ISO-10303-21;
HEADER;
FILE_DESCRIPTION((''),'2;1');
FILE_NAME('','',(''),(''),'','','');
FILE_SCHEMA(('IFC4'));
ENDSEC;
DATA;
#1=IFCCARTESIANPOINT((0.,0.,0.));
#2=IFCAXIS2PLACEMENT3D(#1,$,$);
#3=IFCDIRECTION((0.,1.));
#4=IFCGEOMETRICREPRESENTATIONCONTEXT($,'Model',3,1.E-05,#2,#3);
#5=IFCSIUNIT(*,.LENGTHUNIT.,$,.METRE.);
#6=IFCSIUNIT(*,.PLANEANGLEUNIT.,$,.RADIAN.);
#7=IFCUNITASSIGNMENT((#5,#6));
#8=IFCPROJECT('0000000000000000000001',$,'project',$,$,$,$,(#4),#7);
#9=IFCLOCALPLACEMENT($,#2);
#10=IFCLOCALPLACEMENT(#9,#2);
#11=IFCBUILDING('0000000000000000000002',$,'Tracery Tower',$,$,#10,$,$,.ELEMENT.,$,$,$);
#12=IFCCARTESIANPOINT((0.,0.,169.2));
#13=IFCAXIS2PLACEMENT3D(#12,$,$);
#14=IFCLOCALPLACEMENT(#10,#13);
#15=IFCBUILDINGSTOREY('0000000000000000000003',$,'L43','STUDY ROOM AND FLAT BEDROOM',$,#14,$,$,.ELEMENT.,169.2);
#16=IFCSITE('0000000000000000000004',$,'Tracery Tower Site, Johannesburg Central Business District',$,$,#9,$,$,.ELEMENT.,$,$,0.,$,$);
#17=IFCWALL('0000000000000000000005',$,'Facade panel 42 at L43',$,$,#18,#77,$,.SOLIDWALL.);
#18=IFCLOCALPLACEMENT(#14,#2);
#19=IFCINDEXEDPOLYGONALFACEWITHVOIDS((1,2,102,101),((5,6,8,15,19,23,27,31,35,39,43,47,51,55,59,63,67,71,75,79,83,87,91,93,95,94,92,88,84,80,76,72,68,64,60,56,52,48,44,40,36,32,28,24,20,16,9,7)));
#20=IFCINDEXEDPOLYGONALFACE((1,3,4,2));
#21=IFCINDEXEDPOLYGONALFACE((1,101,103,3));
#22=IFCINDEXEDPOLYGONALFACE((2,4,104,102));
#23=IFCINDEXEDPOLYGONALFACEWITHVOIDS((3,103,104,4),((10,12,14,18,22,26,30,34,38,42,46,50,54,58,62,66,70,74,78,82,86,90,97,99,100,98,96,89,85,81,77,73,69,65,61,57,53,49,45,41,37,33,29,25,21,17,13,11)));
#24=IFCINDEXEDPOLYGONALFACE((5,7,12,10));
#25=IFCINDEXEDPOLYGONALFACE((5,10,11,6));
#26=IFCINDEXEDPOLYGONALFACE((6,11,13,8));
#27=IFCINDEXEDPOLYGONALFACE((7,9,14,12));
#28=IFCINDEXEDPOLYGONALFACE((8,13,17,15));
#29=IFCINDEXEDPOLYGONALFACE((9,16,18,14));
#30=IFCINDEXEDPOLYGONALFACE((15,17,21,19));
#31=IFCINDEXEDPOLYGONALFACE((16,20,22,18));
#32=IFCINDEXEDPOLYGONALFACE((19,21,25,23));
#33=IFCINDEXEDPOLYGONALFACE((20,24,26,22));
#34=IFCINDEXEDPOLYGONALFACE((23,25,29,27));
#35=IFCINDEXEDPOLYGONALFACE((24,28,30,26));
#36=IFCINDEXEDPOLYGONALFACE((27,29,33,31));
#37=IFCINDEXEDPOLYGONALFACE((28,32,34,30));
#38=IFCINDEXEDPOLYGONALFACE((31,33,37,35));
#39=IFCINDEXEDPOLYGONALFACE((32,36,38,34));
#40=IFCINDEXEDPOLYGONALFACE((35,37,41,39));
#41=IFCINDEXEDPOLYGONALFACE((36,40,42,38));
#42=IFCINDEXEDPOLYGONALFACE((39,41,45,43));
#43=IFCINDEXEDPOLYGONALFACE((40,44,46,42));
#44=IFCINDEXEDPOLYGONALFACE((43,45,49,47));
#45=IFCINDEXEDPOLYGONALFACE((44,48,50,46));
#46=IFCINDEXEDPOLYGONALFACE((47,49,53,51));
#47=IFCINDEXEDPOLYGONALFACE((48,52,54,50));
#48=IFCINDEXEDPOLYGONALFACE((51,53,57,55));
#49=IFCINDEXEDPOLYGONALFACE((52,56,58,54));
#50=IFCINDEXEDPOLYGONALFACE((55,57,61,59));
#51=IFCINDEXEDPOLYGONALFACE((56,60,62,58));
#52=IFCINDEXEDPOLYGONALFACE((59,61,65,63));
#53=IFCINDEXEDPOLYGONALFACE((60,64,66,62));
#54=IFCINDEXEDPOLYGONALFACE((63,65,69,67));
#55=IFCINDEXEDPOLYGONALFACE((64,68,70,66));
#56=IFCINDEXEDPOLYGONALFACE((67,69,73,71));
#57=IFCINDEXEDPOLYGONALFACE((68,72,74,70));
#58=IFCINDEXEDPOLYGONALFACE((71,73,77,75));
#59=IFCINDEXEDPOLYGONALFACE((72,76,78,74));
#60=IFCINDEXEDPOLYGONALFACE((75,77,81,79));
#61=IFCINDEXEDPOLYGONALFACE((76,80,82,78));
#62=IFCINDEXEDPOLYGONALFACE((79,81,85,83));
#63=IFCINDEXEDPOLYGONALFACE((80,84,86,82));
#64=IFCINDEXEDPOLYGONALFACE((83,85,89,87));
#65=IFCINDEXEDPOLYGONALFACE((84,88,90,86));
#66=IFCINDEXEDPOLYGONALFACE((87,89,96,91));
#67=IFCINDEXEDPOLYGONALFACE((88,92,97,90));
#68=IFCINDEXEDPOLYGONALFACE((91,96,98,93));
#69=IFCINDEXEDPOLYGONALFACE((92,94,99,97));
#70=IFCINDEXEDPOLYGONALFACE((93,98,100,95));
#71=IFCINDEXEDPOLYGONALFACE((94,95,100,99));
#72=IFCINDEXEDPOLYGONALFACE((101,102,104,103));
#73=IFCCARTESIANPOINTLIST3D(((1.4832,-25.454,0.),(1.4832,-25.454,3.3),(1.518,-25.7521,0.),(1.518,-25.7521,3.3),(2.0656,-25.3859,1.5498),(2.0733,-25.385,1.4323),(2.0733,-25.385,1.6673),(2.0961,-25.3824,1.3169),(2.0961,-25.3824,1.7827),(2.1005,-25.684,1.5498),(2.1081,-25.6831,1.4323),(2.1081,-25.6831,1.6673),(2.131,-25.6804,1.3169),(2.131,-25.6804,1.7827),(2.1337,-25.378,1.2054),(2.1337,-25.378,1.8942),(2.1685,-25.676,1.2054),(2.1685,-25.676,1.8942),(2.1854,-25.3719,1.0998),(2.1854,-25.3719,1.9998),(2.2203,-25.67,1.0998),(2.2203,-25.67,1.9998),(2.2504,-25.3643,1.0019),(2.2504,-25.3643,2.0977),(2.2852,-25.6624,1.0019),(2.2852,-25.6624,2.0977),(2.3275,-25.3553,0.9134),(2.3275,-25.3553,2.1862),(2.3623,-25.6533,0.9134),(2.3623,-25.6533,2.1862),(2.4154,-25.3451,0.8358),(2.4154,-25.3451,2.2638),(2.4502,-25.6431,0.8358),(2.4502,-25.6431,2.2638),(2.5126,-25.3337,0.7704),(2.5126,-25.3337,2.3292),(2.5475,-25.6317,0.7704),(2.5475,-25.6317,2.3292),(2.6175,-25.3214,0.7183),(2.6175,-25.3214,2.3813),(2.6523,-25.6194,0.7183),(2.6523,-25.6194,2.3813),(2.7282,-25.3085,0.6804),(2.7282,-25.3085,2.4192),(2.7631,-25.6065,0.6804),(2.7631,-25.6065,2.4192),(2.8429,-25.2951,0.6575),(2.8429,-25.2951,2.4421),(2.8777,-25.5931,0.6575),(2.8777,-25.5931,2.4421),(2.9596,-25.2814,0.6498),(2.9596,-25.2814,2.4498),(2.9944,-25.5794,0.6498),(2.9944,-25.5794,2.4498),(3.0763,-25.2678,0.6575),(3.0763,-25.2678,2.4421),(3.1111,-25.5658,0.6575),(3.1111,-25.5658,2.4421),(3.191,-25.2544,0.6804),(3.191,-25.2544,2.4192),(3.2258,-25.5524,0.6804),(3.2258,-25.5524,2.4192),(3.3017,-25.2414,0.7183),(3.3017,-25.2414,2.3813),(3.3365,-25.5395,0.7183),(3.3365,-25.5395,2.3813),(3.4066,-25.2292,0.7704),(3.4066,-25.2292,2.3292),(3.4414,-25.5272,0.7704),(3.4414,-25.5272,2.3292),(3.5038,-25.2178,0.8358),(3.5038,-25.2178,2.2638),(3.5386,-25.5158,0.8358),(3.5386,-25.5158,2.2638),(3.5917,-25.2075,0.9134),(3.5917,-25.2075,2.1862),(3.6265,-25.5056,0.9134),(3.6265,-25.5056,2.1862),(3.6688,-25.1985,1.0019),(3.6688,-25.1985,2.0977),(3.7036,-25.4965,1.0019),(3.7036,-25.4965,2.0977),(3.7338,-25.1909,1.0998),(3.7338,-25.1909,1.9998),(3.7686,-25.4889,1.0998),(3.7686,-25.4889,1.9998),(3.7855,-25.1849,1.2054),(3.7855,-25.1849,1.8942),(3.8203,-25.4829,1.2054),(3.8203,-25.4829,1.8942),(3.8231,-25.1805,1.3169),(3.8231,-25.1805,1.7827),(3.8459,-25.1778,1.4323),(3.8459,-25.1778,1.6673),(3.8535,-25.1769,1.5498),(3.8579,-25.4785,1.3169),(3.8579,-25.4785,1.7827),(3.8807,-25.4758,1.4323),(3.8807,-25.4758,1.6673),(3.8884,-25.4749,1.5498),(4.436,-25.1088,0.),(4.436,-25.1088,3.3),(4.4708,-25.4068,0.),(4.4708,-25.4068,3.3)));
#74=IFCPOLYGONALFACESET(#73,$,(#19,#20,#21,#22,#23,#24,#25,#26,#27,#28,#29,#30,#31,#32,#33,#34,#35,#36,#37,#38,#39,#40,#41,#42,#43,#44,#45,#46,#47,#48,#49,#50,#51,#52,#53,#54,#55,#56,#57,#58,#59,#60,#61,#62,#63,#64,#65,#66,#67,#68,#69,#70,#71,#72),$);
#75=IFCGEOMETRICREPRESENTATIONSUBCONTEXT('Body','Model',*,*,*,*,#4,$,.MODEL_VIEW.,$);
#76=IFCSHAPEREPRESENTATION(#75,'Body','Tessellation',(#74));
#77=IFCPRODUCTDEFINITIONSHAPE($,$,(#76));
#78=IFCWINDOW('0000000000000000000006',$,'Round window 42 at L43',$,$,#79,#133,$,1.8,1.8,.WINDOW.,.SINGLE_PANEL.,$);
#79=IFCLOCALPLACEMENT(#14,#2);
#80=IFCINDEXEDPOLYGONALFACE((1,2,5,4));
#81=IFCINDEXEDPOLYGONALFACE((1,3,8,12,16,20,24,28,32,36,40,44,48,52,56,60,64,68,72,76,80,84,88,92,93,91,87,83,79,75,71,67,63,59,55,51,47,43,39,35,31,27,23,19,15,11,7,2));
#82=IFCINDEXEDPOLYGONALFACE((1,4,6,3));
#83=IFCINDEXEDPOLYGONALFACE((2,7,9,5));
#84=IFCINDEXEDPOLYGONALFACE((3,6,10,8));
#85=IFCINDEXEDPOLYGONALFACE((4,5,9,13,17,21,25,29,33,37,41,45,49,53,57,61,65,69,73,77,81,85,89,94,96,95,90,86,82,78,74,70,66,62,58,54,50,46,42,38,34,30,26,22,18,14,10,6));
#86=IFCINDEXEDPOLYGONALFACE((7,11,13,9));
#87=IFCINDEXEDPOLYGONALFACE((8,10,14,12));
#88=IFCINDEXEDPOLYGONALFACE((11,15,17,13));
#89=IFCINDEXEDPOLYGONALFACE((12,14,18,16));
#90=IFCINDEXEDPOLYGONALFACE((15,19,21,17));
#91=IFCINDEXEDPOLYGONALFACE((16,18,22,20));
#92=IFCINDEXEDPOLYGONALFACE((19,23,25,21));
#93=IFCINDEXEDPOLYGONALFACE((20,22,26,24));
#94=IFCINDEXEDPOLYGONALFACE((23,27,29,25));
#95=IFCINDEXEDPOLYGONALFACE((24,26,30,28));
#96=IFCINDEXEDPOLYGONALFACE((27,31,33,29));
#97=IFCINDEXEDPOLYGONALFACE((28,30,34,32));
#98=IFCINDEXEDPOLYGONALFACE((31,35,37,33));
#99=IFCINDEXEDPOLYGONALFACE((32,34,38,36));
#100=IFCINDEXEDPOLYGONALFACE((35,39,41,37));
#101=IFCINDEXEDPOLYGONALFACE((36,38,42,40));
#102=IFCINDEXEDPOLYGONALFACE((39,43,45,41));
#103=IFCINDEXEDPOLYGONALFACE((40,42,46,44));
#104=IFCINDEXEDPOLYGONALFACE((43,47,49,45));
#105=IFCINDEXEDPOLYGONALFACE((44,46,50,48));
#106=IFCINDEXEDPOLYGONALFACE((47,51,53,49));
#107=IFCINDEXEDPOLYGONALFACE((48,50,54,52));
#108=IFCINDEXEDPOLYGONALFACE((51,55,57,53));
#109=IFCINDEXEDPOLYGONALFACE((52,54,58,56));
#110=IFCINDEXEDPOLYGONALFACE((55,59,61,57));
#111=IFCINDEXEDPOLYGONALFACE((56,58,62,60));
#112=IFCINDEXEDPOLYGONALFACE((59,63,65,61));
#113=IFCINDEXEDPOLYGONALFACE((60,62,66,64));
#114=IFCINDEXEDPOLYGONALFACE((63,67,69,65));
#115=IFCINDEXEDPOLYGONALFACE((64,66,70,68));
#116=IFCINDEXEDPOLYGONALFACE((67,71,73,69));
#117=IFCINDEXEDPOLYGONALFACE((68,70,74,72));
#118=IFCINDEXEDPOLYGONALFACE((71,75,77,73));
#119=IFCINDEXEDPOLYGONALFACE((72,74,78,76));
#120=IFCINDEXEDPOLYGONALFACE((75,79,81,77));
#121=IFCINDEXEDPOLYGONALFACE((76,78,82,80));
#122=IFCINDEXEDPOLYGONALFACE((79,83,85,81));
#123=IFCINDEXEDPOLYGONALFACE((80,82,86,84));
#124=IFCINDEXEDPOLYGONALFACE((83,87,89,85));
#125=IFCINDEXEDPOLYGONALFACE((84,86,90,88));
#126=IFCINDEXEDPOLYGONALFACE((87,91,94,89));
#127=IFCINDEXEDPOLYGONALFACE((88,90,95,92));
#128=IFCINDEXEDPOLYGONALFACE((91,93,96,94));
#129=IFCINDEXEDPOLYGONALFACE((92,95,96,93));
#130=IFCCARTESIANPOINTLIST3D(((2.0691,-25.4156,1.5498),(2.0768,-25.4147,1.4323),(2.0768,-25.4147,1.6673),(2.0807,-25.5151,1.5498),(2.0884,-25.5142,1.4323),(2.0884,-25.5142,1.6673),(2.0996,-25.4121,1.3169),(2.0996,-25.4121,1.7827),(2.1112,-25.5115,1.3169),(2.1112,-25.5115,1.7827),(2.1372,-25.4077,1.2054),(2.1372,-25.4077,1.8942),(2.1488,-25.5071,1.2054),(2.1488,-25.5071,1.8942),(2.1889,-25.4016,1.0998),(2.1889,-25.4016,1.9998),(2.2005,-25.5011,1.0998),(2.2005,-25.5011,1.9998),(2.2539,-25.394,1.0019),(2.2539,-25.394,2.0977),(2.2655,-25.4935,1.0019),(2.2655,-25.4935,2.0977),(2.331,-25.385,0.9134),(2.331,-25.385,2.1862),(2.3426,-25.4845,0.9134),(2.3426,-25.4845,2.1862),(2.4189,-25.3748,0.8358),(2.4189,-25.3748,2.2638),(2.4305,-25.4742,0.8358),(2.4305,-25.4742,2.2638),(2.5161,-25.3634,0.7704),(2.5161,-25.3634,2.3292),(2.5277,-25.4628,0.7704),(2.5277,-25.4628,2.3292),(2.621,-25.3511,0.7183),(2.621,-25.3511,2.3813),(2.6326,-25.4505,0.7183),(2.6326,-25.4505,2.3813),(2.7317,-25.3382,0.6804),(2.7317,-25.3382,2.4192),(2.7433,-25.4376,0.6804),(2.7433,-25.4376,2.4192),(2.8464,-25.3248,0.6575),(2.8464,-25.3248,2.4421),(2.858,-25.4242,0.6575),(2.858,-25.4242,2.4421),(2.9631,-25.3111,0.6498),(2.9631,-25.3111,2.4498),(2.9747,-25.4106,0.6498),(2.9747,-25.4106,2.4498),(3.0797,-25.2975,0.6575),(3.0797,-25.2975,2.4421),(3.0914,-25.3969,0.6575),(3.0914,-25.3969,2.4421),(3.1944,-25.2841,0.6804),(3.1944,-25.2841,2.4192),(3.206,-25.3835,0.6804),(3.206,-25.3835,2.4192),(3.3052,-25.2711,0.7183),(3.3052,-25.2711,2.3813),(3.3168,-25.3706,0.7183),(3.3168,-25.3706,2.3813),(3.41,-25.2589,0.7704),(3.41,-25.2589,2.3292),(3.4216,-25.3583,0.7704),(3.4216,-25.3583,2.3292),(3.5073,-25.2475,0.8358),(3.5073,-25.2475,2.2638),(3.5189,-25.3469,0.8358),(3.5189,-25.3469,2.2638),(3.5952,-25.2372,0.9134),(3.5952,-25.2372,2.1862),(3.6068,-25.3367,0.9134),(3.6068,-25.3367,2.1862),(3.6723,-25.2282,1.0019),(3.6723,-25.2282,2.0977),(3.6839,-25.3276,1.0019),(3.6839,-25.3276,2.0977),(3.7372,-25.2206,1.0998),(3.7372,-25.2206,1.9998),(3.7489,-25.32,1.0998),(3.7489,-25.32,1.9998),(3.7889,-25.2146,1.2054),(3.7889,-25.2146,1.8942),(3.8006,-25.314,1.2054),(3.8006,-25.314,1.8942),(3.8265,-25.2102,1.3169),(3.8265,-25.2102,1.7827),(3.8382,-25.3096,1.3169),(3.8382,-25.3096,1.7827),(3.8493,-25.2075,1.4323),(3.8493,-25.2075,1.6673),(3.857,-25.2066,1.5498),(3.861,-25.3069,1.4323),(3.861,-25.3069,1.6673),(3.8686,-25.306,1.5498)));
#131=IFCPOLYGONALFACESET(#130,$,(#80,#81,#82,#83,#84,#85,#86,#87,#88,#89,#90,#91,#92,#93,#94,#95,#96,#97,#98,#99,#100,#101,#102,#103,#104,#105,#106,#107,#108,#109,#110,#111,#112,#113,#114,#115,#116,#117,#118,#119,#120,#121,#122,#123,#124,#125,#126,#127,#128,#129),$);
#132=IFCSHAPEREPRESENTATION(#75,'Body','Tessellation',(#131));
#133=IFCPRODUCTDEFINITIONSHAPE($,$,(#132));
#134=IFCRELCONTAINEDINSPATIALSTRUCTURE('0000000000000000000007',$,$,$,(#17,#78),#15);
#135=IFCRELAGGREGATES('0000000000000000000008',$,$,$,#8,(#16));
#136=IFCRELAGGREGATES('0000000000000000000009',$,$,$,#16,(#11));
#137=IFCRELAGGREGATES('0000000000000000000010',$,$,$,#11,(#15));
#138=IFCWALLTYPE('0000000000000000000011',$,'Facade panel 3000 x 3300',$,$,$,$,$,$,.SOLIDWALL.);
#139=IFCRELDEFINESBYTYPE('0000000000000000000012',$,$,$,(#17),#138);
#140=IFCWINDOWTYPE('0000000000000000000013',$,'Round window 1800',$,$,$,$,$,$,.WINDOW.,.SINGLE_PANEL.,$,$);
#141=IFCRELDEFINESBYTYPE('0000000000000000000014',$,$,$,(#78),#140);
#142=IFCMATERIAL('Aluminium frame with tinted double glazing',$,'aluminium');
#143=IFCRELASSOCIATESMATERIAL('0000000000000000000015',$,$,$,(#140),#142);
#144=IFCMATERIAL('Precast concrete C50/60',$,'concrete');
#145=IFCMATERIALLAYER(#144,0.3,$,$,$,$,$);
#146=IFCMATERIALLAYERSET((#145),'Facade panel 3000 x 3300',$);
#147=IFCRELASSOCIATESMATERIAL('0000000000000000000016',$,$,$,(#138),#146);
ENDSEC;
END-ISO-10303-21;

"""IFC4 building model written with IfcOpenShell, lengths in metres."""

from ifc_helpers import new_model, si_unit, direction, frame, frame_2d, origin, origin_2d, place, context, subcontext, project, spatial, rectangle, circle, extrude, material, layer, layer_set, type_object, element, fill, save


model = new_model("IFC4")

# Units and contexts
model_context = context("Model", 3, precision=1e-05, world=origin(), true_north=direction((0.0, 1.0)))
body_context = subcontext(model_context, "Body", "Model", "MODEL_VIEW")
ifc_project = project(units=[si_unit("LENGTHUNIT", "METRE"), si_unit("PLANEANGLEUNIT", "RADIAN")], contexts=[model_context])

# Site, building, storey
site_placement = place(None, origin())
site = spatial("IfcSite", under=ifc_project, at=site_placement, Name="Tracery Tower Site, Johannesburg Central Business District", CompositionType="ELEMENT", RefElevation=0.0)
building_placement = place(site_placement, origin())
building = spatial("IfcBuilding", under=site, at=building_placement, Name="Tracery Tower", CompositionType="ELEMENT")
storey_placement = place(building_placement, frame((0.0, 0.0, 169.2)))
storey = spatial("IfcBuildingStorey", under=building, at=storey_placement, Name="L43", Description="STUDY ROOM AND FLAT BEDROOM", CompositionType="ELEMENT", Elevation=169.2)

# Wall, opening, window
ifc_material_1 = material(Name="Aluminium frame with tinted double glazing", Category="aluminium")
window_type = type_object("IfcWindowType", Name="Round window 1800", PartitioningType="SINGLE_PANEL", PredefinedType="WINDOW", material=ifc_material_1)
ifc_material_2 = material(Name="Precast concrete C50/60", Category="concrete")
ifc_layer_1 = layer(ifc_material_2, 0.3)
ifc_layer_set_1 = layer_set([ifc_layer_1], Name="Facade panel 3000 x 3300")
wall_type_1 = type_object("IfcWallType", Name="Facade panel 3000 x 3300", PredefinedType="SOLIDWALL", material=ifc_layer_set_1)
wall_1_placement = place(storey_placement, frame((1.5007, -25.603, 0.0), z_axis=(0.0, 0.0, 1.0), x_axis=(0.993236, 0.116117, 0.0)))
wall_1 = element("IfcWall", 1, at=wall_1_placement, inside=storey, type_object=wall_type_1, Name="Facade panel 42 at L43", PredefinedType="SOLIDWALL", context=body_context, shape_type="SweptSolid", body=[
    extrude(rectangle(XDim=2.9729, YDim=0.3, at=frame_2d((1.4863, 0.0))), origin(), (0.0, 0.0, 1.0), 3.3),
])
opening_1_placement = place(wall_1_placement, frame((1.4863, 0.0, 1.5498)))
opening_1 = element("IfcOpeningElement", 2, at=opening_1_placement, cuts=wall_1, PredefinedType="OPENING", context=body_context, shape_type="SweptSolid", body=[
    extrude(circle(Radius=0.9, at=origin_2d()), frame((0.0, 0.1599, 0.0), z_axis=(0.0, -1.0, 0.0), x_axis=(1.0, 0.0, 0.0)), (0.0, 0.0, 1.0), 0.3201),
])
window_1_placement = place(opening_1_placement, origin())
window_1 = element("IfcWindow", 3, at=window_1_placement, inside=storey, type_object=window_type, Name="Round window 42 at L43", OverallHeight=1.8, OverallWidth=1.8, PartitioningType="SINGLE_PANEL", PredefinedType="WINDOW", context=body_context, shape_type="SweptSolid", body=[
    extrude(circle(Radius=0.9, at=origin_2d()), frame((0.0, 0.1201, 0.0), z_axis=(0.0, -1.0, 0.0), x_axis=(1.0, 0.0, 0.0)), (0.0, 0.0, 1.0), 0.1001),
])
fill(opening_1, window_1)

save(model, "model.ifc")
